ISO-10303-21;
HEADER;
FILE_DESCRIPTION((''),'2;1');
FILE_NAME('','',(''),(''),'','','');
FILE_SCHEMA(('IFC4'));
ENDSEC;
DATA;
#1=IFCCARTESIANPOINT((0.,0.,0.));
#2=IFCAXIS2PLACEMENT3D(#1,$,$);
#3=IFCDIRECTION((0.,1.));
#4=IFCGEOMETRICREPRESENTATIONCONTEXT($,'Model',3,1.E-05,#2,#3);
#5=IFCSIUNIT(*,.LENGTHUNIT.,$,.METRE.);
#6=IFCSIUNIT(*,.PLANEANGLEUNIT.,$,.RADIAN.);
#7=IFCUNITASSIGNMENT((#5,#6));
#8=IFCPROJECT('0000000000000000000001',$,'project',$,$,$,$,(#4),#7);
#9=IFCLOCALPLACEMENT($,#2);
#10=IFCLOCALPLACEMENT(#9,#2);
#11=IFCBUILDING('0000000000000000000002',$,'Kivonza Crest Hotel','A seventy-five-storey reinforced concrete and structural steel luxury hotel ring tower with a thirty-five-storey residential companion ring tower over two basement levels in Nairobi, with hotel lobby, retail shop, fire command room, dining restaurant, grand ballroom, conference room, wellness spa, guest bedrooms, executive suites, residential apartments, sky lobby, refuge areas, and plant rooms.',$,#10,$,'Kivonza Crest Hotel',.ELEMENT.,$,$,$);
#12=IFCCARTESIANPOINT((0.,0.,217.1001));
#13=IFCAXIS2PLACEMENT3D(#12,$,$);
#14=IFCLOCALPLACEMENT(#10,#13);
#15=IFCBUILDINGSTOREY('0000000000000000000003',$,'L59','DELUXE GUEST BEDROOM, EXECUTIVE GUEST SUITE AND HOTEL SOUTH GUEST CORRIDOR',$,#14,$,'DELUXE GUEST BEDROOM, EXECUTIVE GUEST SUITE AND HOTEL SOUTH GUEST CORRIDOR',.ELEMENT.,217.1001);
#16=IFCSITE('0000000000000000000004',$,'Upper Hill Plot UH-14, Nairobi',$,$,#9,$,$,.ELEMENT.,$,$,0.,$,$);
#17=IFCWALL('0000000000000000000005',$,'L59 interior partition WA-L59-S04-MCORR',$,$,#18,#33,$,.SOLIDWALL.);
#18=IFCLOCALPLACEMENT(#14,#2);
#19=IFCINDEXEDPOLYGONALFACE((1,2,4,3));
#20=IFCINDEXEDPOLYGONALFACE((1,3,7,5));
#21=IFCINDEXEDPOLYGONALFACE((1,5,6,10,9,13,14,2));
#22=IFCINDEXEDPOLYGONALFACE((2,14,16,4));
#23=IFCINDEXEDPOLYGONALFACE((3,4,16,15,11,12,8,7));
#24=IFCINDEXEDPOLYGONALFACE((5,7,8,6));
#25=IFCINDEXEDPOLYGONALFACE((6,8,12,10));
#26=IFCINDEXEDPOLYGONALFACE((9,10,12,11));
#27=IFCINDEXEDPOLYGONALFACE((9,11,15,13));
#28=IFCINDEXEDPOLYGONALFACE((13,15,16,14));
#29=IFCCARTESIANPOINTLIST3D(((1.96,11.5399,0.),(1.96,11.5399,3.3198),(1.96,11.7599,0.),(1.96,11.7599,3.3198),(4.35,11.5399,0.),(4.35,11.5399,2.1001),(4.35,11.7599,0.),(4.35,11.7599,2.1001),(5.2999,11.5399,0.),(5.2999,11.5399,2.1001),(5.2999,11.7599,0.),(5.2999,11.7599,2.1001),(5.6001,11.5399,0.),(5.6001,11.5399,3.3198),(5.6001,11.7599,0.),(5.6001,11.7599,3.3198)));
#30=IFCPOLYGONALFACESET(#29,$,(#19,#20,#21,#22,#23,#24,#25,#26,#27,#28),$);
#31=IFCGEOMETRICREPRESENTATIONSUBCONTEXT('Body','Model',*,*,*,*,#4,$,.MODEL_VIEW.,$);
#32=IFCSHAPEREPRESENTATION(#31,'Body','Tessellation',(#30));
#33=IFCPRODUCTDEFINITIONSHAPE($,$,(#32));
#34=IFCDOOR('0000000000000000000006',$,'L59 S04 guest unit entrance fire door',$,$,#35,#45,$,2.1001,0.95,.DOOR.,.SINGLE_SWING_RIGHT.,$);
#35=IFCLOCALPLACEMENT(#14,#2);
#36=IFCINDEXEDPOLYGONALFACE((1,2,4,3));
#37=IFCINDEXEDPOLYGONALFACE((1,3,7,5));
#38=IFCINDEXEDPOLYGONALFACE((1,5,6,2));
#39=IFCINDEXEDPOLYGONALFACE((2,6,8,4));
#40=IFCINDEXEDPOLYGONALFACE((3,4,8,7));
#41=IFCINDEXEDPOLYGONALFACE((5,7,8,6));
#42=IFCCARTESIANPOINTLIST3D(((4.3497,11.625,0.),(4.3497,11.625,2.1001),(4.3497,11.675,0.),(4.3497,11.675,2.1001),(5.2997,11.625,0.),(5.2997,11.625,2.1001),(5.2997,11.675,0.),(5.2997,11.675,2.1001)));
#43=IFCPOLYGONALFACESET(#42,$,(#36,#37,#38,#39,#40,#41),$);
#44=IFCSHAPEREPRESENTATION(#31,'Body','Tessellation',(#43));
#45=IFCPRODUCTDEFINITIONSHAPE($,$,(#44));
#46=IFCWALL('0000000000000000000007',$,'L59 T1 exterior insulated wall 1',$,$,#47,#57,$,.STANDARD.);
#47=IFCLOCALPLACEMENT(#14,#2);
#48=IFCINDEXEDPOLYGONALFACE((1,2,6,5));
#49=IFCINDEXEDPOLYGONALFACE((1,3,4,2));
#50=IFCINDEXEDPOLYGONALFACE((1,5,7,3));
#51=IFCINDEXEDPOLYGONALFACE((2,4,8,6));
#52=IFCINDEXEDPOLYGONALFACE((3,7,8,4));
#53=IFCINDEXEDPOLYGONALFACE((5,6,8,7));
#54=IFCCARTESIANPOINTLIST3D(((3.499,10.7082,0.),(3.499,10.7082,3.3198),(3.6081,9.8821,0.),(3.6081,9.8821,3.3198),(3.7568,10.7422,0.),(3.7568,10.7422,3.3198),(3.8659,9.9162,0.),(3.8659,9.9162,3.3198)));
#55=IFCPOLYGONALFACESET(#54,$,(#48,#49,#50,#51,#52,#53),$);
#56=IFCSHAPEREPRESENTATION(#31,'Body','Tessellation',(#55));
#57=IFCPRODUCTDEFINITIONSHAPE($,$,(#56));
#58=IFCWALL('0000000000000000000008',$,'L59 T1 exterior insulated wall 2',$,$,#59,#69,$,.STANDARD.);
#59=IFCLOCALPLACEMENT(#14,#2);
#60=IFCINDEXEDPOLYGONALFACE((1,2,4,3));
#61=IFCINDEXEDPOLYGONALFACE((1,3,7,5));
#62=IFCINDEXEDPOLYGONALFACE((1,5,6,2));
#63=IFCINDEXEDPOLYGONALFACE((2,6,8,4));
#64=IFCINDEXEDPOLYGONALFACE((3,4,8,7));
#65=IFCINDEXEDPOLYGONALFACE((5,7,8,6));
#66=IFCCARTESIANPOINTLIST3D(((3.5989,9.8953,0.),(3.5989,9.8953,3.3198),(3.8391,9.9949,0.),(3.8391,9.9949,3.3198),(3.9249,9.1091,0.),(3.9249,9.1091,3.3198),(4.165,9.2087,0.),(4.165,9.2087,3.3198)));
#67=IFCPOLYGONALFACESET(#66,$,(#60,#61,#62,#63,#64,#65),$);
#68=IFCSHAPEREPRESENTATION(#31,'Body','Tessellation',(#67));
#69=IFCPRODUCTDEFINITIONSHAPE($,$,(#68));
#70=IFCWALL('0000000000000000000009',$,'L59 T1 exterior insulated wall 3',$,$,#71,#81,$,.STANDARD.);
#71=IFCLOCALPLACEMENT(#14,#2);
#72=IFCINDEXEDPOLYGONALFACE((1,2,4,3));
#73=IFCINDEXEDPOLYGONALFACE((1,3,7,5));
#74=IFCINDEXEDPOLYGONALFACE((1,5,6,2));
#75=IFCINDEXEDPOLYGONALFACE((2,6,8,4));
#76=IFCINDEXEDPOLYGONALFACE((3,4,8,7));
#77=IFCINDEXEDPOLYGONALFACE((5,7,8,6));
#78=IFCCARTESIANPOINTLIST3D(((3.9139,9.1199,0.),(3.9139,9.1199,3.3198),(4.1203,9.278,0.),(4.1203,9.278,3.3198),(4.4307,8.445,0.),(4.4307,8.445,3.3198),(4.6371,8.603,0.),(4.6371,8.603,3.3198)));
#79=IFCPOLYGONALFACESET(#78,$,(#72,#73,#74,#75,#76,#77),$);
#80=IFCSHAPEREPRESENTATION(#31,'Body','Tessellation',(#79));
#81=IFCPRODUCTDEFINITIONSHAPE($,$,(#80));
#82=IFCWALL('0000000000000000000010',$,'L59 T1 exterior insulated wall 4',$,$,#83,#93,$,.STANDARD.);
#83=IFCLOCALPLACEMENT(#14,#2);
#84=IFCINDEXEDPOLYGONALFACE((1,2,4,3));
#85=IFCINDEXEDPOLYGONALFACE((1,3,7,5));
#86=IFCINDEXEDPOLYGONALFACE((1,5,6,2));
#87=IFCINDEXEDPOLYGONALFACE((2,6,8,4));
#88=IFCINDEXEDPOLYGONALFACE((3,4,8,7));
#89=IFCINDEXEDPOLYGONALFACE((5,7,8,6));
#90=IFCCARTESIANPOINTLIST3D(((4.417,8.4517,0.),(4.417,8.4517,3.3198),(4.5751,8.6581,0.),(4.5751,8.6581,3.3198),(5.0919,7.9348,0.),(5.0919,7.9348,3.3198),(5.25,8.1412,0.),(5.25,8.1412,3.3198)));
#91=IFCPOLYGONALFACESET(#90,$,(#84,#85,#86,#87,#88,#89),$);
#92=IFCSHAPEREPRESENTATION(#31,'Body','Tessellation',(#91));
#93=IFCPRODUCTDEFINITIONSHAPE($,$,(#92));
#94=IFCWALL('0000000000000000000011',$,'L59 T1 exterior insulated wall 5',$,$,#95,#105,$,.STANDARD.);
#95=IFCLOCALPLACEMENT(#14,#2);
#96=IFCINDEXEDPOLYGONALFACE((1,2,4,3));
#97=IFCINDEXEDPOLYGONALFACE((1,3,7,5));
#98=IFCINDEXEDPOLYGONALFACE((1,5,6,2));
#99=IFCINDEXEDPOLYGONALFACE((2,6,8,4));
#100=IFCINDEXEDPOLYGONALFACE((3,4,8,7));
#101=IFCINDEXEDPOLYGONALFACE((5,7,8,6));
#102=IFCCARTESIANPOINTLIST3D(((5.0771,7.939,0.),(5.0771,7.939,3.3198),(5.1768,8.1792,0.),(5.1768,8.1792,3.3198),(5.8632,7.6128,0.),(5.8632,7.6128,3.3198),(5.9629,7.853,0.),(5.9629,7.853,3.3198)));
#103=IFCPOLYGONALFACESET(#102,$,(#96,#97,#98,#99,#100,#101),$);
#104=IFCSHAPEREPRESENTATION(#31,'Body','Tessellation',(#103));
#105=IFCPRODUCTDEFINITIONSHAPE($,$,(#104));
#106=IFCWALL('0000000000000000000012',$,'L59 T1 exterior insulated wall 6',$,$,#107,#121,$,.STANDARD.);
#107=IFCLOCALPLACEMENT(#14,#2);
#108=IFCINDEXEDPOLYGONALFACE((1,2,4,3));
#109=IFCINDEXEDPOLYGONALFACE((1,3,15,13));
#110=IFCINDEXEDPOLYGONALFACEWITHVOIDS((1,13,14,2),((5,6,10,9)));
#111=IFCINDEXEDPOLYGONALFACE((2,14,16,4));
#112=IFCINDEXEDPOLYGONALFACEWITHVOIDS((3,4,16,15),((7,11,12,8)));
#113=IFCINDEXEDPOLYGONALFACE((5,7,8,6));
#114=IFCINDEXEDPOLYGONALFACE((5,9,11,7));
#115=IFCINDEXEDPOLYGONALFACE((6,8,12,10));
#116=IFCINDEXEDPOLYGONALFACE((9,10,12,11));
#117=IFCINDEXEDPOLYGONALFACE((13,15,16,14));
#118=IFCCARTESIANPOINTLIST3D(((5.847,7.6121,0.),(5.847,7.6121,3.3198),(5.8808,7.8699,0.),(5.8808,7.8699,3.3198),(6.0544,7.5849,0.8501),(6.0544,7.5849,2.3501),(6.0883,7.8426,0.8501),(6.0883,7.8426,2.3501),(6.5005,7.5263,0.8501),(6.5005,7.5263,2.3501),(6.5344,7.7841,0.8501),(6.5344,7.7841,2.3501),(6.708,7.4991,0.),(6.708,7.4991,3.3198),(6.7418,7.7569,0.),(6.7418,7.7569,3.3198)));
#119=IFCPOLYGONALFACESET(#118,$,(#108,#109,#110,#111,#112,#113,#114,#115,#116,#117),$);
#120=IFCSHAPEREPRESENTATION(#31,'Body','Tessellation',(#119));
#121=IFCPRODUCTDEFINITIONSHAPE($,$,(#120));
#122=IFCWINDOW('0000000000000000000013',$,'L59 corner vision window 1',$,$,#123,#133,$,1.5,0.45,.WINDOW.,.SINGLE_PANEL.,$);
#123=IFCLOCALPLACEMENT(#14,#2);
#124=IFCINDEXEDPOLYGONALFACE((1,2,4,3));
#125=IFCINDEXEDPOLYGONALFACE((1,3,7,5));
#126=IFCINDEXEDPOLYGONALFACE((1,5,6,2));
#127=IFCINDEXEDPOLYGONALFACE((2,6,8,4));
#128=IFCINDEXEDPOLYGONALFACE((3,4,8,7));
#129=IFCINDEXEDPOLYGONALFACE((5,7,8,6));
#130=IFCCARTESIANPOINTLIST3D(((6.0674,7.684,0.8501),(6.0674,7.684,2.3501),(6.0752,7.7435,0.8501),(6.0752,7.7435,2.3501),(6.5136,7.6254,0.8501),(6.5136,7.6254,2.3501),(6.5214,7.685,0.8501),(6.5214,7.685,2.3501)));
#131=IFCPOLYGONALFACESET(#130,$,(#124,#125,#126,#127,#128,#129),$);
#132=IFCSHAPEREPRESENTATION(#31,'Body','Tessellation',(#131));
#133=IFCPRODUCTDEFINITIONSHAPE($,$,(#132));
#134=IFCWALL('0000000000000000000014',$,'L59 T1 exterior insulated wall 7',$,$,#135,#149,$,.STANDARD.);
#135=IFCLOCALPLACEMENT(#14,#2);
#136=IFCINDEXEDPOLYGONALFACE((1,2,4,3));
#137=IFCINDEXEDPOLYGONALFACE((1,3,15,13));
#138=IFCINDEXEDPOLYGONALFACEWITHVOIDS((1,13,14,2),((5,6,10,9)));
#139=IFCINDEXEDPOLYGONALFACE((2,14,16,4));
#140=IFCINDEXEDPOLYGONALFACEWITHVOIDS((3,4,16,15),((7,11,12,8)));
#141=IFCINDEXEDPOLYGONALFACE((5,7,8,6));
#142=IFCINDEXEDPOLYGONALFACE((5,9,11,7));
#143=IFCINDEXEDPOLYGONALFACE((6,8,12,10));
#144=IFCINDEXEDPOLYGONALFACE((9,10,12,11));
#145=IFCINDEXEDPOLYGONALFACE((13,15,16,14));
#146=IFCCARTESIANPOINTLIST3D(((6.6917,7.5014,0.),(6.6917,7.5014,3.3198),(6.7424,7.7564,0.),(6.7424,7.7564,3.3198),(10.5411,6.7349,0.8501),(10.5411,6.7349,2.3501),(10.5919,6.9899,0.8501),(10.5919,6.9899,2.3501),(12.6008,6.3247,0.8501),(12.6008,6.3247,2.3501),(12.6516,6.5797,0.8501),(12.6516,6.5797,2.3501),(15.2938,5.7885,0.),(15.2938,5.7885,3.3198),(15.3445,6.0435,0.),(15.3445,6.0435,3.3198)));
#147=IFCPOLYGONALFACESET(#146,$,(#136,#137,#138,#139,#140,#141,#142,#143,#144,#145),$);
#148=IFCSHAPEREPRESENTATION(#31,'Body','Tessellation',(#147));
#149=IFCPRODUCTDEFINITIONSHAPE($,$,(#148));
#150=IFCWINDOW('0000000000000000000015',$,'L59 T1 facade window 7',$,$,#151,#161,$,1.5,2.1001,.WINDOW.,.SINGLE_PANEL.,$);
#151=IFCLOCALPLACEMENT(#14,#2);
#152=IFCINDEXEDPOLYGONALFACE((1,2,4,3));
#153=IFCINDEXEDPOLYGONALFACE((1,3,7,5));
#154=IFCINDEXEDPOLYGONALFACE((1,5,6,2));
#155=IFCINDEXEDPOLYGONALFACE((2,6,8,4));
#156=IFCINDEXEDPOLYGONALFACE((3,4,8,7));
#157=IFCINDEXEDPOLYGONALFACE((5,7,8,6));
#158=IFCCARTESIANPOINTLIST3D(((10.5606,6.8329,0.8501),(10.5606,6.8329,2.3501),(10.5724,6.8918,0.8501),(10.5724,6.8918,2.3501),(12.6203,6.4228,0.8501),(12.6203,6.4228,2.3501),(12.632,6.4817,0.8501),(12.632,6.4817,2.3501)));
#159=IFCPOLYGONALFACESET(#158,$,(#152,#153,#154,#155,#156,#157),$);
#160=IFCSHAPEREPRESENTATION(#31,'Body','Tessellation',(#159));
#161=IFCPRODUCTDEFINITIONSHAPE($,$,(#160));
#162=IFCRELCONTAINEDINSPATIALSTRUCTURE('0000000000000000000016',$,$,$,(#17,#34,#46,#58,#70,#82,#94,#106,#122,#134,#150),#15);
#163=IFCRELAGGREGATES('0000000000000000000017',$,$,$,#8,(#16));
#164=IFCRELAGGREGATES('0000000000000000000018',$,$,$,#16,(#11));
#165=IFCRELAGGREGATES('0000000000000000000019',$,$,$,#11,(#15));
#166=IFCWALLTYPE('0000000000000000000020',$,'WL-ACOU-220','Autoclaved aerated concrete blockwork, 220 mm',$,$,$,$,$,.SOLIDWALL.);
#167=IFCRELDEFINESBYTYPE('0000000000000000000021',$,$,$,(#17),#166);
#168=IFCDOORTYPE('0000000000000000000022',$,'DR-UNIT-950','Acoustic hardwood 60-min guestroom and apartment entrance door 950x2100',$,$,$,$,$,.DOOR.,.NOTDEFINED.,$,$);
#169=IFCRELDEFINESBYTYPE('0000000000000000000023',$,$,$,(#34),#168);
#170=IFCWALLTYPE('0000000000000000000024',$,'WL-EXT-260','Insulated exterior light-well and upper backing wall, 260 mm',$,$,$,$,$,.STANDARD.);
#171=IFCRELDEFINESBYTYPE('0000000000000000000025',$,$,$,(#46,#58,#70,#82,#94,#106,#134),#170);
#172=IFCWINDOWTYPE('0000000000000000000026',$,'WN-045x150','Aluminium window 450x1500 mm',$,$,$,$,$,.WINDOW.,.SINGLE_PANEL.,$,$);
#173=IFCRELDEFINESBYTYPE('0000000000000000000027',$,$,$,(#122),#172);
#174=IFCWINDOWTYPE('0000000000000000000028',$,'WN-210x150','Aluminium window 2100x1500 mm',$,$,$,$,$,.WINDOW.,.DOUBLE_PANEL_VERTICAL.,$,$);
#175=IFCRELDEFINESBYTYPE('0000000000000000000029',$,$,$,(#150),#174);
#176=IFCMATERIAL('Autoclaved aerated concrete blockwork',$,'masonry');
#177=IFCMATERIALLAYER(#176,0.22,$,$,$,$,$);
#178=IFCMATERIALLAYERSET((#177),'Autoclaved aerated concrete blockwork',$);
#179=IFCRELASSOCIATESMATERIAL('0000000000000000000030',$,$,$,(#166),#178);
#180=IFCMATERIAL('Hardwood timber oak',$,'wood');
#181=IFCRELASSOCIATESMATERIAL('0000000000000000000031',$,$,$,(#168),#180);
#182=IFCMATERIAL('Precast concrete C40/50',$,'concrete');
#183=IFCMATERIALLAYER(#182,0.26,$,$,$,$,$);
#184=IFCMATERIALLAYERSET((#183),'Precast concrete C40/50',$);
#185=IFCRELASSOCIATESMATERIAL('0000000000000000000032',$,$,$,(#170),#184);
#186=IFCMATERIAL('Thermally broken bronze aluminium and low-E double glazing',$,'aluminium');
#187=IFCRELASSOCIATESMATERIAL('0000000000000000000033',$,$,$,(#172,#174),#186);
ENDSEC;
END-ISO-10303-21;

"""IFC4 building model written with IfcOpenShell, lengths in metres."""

from ifc_helpers import new_model, si_unit, direction, frame, frame_2d, origin, place, context, subcontext, project, spatial, rectangle, extrude, material, layer, layer_set, type_object, element, fill, save


model = new_model("IFC4")

# Units and contexts
model_context = context("Model", 3, precision=1e-05, world=origin(), true_north=direction((0.0, 1.0)))
body_context = subcontext(model_context, "Body", "Model", "MODEL_VIEW")
ifc_project = project(units=[si_unit("LENGTHUNIT", "METRE"), si_unit("PLANEANGLEUNIT", "RADIAN")], contexts=[model_context])

# Site, building, storey
site_placement = place(None, origin())
site = spatial("IfcSite", under=ifc_project, at=site_placement, Name="Upper Hill Plot UH-14, Nairobi", CompositionType="ELEMENT", RefElevation=0.0)
building_placement = place(site_placement, origin())
building = spatial("IfcBuilding", under=site, at=building_placement, Name="Kivonza Crest Hotel", Description="A seventy-five-storey reinforced concrete and structural steel luxury hotel ring tower with a thirty-five-storey residential companion ring tower over two basement levels in Nairobi, with hotel lobby, retail shop, fire command room, dining restaurant, grand ballroom, conference room, wellness spa, guest bedrooms, executive suites, residential apartments, sky lobby, refuge areas, and plant rooms.", LongName="Kivonza Crest Hotel", CompositionType="ELEMENT")
storey_placement = place(building_placement, frame((0.0, 0.0, 217.1001)))
storey = spatial("IfcBuildingStorey", under=building, at=storey_placement, Name="L59", Description="DELUXE GUEST BEDROOM, EXECUTIVE GUEST SUITE AND HOTEL SOUTH GUEST CORRIDOR", LongName="DELUXE GUEST BEDROOM, EXECUTIVE GUEST SUITE AND HOTEL SOUTH GUEST CORRIDOR", CompositionType="ELEMENT", Elevation=217.1001)

# Shared definitions
ifc_material_1 = material(Name="Autoclaved aerated concrete blockwork", Category="masonry")
ifc_layer_1 = layer(ifc_material_1, 0.22)
ifc_layer_set_1 = layer_set([ifc_layer_1], Name="Autoclaved aerated concrete blockwork")
wall_type_1 = type_object("IfcWallType", Name="WL-ACOU-220", Description="Autoclaved aerated concrete blockwork, 220 mm", PredefinedType="SOLIDWALL", material=ifc_layer_set_1)

# Wall, opening, door
wall_1_placement = place(storey_placement, frame((1.96, 11.6499, 0.0), z_axis=(0.0, 0.0, 1.0), x_axis=(1.0, 0.0, 0.0)))
wall_1 = element("IfcWall", 1, at=wall_1_placement, inside=storey, type_object=wall_type_1, Name="L59 interior partition WA-L59-S04-MCORR", PredefinedType="SOLIDWALL", context=body_context, shape_type="SweptSolid", body=[
    extrude(rectangle(XDim=3.6401, YDim=0.22, at=frame_2d((1.8201, 0.0))), origin(), (0.0, 0.0, 1.0), 3.3198),
])
opening_1_placement = place(wall_1_placement, frame((2.3899, 0.0, 0.0)))
opening_1 = element("IfcOpeningElement", 2, at=opening_1_placement, cuts=wall_1, PredefinedType="OPENING", context=body_context, shape_type="SweptSolid", body=[
    extrude(rectangle(XDim=0.95, YDim=2.1001, at=frame_2d((0.4751, 1.05))), frame((0.0, 0.1201, 0.0), z_axis=(0.0, -1.0, 0.0), x_axis=(1.0, 0.0, 0.0)), (0.0, 0.0, 1.0), 0.24),
])
ifc_material_2 = material(Name="Hardwood timber oak", Category="wood")
door_type_1 = type_object("IfcDoorType", Name="DR-UNIT-950", Description="Acoustic hardwood 60-min guestroom and apartment entrance door 950x2100", OperationType="NOTDEFINED", PredefinedType="DOOR", material=ifc_material_2)
door_1_placement = place(opening_1_placement, frame((0.95, 0.0, 0.0), z_axis=(0.0, 0.0, 1.0), x_axis=(-1.0, 0.0, 0.0)))
door_1 = element("IfcDoor", 3, at=door_1_placement, inside=storey, type_object=door_type_1, Name="L59 S04 guest unit entrance fire door", OperationType="SINGLE_SWING_RIGHT", OverallHeight=2.1001, OverallWidth=0.95, PredefinedType="DOOR", context=body_context, shape_type="SweptSolid", body=[
    extrude(rectangle(XDim=0.95, YDim=2.1001, at=frame_2d((0.4751, 1.05))), frame((0.0, 0.0249, 0.0), z_axis=(0.0, -1.0, 0.0), x_axis=(1.0, 0.0, 0.0)), (0.0, 0.0, 1.0), 0.05),
])
fill(opening_1, door_1)

# Walls
ifc_material_3 = material(Name="Precast concrete C40/50", Category="concrete")
ifc_layer_2 = layer(ifc_material_3, 0.26)
ifc_layer_set_2 = layer_set([ifc_layer_2], Name="Precast concrete C40/50")
wall_type_2 = type_object("IfcWallType", Name="WL-EXT-260", Description="Insulated exterior light-well and upper backing wall, 260 mm", PredefinedType="STANDARD", material=ifc_layer_set_2)
wall_2_placement = place(storey_placement, frame((3.6279, 10.7251, 0.0), z_axis=(0.0, 0.0, 1.0), x_axis=(0.130955, -0.991388, 0.0)))
element("IfcWall", 4, at=wall_2_placement, inside=storey, type_object=wall_type_2, Name="L59 T1 exterior insulated wall 1", PredefinedType="STANDARD", context=body_context, shape_type="SweptSolid", body=[
    extrude(rectangle(XDim=0.8333, YDim=0.26, at=frame_2d((0.4165, 0.0))), origin(), (0.0, 0.0, 1.0), 3.3198),
])
wall_3_placement = place(storey_placement, frame((3.719, 9.9451, 0.0), z_axis=(0.0, 0.0, 1.0), x_axis=(0.382985, -0.923754, 0.0)))
element("IfcWall", 5, at=wall_3_placement, inside=storey, type_object=wall_type_2, Name="L59 T1 exterior insulated wall 2", PredefinedType="STANDARD", context=body_context, shape_type="SweptSolid", body=[
    extrude(rectangle(XDim=0.8511, YDim=0.26, at=frame_2d((0.4255, 0.0))), origin(), (0.0, 0.0, 1.0), 3.3198),
])
for number, where, z_axis, x_axis, name in (
    (6, (4.0171, 9.199, 0.0), (0.0, 0.0, 1.0), (0.607919, -0.793999, 0.0), "L59 T1 exterior insulated wall 3"),
    (7, (4.4961, 8.5549, 0.0), (0.0, 0.0, 1.0), (0.793893, -0.608058, 0.0), "L59 T1 exterior insulated wall 4"),
):
    element("IfcWall", number, at=place(storey_placement, frame(where, z_axis=z_axis, x_axis=x_axis)), inside=storey, type_object=wall_type_2, Name=name, PredefinedType="STANDARD", context=body_context, shape_type="SweptSolid", body=[
        extrude(rectangle(XDim=0.8501, YDim=0.26, at=frame_2d((0.425, 0.0))), origin(), (0.0, 0.0, 1.0), 3.3198),
    ])
wall_4_placement = place(storey_placement, frame((5.127, 8.0591, 0.0), z_axis=(0.0, 0.0, 1.0), x_axis=(0.923653, -0.38323, 0.0)))
element("IfcWall", 8, at=wall_4_placement, inside=storey, type_object=wall_type_2, Name="L59 T1 exterior insulated wall 5", PredefinedType="STANDARD", context=body_context, shape_type="SweptSolid", body=[
    extrude(rectangle(XDim=0.8511, YDim=0.26, at=frame_2d((0.4255, 0.0))), origin(), (0.0, 0.0, 1.0), 3.3198),
])

# Walls, openings, windows
wall_5_placement = place(storey_placement, frame((5.864, 7.741, 0.0), z_axis=(0.0, 0.0, 1.0), x_axis=(0.991493, -0.130156, 0.0)))
wall_5 = element("IfcWall", 9, at=wall_5_placement, inside=storey, type_object=wall_type_2, Name="L59 T1 exterior insulated wall 6", PredefinedType="STANDARD", context=body_context, shape_type="SweptSolid", body=[
    extrude(rectangle(XDim=0.8684, YDim=0.26, at=frame_2d((0.4341, 0.0))), origin(), (0.0, 0.0, 1.0), 3.3198),
])
opening_2_placement = place(wall_5_placement, frame((0.209, 0.0, 0.8501)))
opening_2 = element("IfcOpeningElement", 10, at=opening_2_placement, cuts=wall_5, PredefinedType="OPENING", context=body_context, shape_type="SweptSolid", body=[
    extrude(rectangle(XDim=0.45, YDim=1.5, at=frame_2d((0.2251, 0.75))), frame((0.0, 0.1401, 0.0), z_axis=(0.0, -1.0, 0.0), x_axis=(1.0, 0.0, 0.0)), (0.0, 0.0, 1.0), 0.28),
])
ifc_material_4 = material(Name="Thermally broken bronze aluminium and low-E double glazing", Category="aluminium")
window_type_1 = type_object("IfcWindowType", Name="WN-045x150", Description="Aluminium window 450x1500 mm", PartitioningType="SINGLE_PANEL", PredefinedType="WINDOW", material=ifc_material_4)
window_1_placement = place(opening_2_placement, origin())
window_1 = element("IfcWindow", 11, at=window_1_placement, inside=storey, type_object=window_type_1, Name="L59 corner vision window 1", OverallHeight=1.5, OverallWidth=0.45, PartitioningType="SINGLE_PANEL", PredefinedType="WINDOW", context=body_context, shape_type="SweptSolid", body=[
    extrude(rectangle(XDim=0.45, YDim=1.5, at=frame_2d((0.2251, 0.75))), frame((0.0, 0.03, 0.0), z_axis=(0.0, -1.0, 0.0), x_axis=(1.0, 0.0, 0.0)), (0.0, 0.0, 1.0), 0.0601),
])
fill(opening_2, window_1)
wall_6_placement = place(storey_placement, frame((6.717, 7.6289, 0.0), z_axis=(0.0, 0.0, 1.0), x_axis=(0.980745, -0.195292, 0.0)))
wall_6 = element("IfcWall", 12, at=wall_6_placement, inside=storey, type_object=wall_type_2, Name="L59 T1 exterior insulated wall 7", PredefinedType="STANDARD", context=body_context, shape_type="SweptSolid", body=[
    extrude(rectangle(XDim=8.771, YDim=0.26, at=frame_2d((4.3855, 0.0))), origin(), (0.0, 0.0, 1.0), 3.3198),
])
opening_3_placement = place(wall_6_placement, frame((3.925, 0.0, 0.8501)))
opening_3 = element("IfcOpeningElement", 13, at=opening_3_placement, cuts=wall_6, PredefinedType="OPENING", context=body_context, shape_type="SweptSolid", body=[
    extrude(rectangle(XDim=2.1001, YDim=1.5, at=frame_2d((1.05, 0.75))), frame((0.0, 0.1401, 0.0), z_axis=(0.0, -1.0, 0.0), x_axis=(1.0, 0.0, 0.0)), (0.0, 0.0, 1.0), 0.28),
])
window_type_2 = type_object("IfcWindowType", Name="WN-210x150", Description="Aluminium window 2100x1500 mm", PartitioningType="DOUBLE_PANEL_VERTICAL", PredefinedType="WINDOW", material=ifc_material_4)
window_2_placement = place(opening_3_placement, origin())
window_2 = element("IfcWindow", 14, at=window_2_placement, inside=storey, type_object=window_type_2, Name="L59 T1 facade window 7", OverallHeight=1.5, OverallWidth=2.1001, PartitioningType="SINGLE_PANEL", PredefinedType="WINDOW", context=body_context, shape_type="SweptSolid", body=[
    extrude(rectangle(XDim=2.1001, YDim=1.5, at=frame_2d((1.05, 0.75))), frame((0.0, 0.03, 0.0), z_axis=(0.0, -1.0, 0.0), x_axis=(1.0, 0.0, 0.0)), (0.0, 0.0, 1.0), 0.0601),
])
fill(opening_3, window_2)

save(model, "model.ifc")
